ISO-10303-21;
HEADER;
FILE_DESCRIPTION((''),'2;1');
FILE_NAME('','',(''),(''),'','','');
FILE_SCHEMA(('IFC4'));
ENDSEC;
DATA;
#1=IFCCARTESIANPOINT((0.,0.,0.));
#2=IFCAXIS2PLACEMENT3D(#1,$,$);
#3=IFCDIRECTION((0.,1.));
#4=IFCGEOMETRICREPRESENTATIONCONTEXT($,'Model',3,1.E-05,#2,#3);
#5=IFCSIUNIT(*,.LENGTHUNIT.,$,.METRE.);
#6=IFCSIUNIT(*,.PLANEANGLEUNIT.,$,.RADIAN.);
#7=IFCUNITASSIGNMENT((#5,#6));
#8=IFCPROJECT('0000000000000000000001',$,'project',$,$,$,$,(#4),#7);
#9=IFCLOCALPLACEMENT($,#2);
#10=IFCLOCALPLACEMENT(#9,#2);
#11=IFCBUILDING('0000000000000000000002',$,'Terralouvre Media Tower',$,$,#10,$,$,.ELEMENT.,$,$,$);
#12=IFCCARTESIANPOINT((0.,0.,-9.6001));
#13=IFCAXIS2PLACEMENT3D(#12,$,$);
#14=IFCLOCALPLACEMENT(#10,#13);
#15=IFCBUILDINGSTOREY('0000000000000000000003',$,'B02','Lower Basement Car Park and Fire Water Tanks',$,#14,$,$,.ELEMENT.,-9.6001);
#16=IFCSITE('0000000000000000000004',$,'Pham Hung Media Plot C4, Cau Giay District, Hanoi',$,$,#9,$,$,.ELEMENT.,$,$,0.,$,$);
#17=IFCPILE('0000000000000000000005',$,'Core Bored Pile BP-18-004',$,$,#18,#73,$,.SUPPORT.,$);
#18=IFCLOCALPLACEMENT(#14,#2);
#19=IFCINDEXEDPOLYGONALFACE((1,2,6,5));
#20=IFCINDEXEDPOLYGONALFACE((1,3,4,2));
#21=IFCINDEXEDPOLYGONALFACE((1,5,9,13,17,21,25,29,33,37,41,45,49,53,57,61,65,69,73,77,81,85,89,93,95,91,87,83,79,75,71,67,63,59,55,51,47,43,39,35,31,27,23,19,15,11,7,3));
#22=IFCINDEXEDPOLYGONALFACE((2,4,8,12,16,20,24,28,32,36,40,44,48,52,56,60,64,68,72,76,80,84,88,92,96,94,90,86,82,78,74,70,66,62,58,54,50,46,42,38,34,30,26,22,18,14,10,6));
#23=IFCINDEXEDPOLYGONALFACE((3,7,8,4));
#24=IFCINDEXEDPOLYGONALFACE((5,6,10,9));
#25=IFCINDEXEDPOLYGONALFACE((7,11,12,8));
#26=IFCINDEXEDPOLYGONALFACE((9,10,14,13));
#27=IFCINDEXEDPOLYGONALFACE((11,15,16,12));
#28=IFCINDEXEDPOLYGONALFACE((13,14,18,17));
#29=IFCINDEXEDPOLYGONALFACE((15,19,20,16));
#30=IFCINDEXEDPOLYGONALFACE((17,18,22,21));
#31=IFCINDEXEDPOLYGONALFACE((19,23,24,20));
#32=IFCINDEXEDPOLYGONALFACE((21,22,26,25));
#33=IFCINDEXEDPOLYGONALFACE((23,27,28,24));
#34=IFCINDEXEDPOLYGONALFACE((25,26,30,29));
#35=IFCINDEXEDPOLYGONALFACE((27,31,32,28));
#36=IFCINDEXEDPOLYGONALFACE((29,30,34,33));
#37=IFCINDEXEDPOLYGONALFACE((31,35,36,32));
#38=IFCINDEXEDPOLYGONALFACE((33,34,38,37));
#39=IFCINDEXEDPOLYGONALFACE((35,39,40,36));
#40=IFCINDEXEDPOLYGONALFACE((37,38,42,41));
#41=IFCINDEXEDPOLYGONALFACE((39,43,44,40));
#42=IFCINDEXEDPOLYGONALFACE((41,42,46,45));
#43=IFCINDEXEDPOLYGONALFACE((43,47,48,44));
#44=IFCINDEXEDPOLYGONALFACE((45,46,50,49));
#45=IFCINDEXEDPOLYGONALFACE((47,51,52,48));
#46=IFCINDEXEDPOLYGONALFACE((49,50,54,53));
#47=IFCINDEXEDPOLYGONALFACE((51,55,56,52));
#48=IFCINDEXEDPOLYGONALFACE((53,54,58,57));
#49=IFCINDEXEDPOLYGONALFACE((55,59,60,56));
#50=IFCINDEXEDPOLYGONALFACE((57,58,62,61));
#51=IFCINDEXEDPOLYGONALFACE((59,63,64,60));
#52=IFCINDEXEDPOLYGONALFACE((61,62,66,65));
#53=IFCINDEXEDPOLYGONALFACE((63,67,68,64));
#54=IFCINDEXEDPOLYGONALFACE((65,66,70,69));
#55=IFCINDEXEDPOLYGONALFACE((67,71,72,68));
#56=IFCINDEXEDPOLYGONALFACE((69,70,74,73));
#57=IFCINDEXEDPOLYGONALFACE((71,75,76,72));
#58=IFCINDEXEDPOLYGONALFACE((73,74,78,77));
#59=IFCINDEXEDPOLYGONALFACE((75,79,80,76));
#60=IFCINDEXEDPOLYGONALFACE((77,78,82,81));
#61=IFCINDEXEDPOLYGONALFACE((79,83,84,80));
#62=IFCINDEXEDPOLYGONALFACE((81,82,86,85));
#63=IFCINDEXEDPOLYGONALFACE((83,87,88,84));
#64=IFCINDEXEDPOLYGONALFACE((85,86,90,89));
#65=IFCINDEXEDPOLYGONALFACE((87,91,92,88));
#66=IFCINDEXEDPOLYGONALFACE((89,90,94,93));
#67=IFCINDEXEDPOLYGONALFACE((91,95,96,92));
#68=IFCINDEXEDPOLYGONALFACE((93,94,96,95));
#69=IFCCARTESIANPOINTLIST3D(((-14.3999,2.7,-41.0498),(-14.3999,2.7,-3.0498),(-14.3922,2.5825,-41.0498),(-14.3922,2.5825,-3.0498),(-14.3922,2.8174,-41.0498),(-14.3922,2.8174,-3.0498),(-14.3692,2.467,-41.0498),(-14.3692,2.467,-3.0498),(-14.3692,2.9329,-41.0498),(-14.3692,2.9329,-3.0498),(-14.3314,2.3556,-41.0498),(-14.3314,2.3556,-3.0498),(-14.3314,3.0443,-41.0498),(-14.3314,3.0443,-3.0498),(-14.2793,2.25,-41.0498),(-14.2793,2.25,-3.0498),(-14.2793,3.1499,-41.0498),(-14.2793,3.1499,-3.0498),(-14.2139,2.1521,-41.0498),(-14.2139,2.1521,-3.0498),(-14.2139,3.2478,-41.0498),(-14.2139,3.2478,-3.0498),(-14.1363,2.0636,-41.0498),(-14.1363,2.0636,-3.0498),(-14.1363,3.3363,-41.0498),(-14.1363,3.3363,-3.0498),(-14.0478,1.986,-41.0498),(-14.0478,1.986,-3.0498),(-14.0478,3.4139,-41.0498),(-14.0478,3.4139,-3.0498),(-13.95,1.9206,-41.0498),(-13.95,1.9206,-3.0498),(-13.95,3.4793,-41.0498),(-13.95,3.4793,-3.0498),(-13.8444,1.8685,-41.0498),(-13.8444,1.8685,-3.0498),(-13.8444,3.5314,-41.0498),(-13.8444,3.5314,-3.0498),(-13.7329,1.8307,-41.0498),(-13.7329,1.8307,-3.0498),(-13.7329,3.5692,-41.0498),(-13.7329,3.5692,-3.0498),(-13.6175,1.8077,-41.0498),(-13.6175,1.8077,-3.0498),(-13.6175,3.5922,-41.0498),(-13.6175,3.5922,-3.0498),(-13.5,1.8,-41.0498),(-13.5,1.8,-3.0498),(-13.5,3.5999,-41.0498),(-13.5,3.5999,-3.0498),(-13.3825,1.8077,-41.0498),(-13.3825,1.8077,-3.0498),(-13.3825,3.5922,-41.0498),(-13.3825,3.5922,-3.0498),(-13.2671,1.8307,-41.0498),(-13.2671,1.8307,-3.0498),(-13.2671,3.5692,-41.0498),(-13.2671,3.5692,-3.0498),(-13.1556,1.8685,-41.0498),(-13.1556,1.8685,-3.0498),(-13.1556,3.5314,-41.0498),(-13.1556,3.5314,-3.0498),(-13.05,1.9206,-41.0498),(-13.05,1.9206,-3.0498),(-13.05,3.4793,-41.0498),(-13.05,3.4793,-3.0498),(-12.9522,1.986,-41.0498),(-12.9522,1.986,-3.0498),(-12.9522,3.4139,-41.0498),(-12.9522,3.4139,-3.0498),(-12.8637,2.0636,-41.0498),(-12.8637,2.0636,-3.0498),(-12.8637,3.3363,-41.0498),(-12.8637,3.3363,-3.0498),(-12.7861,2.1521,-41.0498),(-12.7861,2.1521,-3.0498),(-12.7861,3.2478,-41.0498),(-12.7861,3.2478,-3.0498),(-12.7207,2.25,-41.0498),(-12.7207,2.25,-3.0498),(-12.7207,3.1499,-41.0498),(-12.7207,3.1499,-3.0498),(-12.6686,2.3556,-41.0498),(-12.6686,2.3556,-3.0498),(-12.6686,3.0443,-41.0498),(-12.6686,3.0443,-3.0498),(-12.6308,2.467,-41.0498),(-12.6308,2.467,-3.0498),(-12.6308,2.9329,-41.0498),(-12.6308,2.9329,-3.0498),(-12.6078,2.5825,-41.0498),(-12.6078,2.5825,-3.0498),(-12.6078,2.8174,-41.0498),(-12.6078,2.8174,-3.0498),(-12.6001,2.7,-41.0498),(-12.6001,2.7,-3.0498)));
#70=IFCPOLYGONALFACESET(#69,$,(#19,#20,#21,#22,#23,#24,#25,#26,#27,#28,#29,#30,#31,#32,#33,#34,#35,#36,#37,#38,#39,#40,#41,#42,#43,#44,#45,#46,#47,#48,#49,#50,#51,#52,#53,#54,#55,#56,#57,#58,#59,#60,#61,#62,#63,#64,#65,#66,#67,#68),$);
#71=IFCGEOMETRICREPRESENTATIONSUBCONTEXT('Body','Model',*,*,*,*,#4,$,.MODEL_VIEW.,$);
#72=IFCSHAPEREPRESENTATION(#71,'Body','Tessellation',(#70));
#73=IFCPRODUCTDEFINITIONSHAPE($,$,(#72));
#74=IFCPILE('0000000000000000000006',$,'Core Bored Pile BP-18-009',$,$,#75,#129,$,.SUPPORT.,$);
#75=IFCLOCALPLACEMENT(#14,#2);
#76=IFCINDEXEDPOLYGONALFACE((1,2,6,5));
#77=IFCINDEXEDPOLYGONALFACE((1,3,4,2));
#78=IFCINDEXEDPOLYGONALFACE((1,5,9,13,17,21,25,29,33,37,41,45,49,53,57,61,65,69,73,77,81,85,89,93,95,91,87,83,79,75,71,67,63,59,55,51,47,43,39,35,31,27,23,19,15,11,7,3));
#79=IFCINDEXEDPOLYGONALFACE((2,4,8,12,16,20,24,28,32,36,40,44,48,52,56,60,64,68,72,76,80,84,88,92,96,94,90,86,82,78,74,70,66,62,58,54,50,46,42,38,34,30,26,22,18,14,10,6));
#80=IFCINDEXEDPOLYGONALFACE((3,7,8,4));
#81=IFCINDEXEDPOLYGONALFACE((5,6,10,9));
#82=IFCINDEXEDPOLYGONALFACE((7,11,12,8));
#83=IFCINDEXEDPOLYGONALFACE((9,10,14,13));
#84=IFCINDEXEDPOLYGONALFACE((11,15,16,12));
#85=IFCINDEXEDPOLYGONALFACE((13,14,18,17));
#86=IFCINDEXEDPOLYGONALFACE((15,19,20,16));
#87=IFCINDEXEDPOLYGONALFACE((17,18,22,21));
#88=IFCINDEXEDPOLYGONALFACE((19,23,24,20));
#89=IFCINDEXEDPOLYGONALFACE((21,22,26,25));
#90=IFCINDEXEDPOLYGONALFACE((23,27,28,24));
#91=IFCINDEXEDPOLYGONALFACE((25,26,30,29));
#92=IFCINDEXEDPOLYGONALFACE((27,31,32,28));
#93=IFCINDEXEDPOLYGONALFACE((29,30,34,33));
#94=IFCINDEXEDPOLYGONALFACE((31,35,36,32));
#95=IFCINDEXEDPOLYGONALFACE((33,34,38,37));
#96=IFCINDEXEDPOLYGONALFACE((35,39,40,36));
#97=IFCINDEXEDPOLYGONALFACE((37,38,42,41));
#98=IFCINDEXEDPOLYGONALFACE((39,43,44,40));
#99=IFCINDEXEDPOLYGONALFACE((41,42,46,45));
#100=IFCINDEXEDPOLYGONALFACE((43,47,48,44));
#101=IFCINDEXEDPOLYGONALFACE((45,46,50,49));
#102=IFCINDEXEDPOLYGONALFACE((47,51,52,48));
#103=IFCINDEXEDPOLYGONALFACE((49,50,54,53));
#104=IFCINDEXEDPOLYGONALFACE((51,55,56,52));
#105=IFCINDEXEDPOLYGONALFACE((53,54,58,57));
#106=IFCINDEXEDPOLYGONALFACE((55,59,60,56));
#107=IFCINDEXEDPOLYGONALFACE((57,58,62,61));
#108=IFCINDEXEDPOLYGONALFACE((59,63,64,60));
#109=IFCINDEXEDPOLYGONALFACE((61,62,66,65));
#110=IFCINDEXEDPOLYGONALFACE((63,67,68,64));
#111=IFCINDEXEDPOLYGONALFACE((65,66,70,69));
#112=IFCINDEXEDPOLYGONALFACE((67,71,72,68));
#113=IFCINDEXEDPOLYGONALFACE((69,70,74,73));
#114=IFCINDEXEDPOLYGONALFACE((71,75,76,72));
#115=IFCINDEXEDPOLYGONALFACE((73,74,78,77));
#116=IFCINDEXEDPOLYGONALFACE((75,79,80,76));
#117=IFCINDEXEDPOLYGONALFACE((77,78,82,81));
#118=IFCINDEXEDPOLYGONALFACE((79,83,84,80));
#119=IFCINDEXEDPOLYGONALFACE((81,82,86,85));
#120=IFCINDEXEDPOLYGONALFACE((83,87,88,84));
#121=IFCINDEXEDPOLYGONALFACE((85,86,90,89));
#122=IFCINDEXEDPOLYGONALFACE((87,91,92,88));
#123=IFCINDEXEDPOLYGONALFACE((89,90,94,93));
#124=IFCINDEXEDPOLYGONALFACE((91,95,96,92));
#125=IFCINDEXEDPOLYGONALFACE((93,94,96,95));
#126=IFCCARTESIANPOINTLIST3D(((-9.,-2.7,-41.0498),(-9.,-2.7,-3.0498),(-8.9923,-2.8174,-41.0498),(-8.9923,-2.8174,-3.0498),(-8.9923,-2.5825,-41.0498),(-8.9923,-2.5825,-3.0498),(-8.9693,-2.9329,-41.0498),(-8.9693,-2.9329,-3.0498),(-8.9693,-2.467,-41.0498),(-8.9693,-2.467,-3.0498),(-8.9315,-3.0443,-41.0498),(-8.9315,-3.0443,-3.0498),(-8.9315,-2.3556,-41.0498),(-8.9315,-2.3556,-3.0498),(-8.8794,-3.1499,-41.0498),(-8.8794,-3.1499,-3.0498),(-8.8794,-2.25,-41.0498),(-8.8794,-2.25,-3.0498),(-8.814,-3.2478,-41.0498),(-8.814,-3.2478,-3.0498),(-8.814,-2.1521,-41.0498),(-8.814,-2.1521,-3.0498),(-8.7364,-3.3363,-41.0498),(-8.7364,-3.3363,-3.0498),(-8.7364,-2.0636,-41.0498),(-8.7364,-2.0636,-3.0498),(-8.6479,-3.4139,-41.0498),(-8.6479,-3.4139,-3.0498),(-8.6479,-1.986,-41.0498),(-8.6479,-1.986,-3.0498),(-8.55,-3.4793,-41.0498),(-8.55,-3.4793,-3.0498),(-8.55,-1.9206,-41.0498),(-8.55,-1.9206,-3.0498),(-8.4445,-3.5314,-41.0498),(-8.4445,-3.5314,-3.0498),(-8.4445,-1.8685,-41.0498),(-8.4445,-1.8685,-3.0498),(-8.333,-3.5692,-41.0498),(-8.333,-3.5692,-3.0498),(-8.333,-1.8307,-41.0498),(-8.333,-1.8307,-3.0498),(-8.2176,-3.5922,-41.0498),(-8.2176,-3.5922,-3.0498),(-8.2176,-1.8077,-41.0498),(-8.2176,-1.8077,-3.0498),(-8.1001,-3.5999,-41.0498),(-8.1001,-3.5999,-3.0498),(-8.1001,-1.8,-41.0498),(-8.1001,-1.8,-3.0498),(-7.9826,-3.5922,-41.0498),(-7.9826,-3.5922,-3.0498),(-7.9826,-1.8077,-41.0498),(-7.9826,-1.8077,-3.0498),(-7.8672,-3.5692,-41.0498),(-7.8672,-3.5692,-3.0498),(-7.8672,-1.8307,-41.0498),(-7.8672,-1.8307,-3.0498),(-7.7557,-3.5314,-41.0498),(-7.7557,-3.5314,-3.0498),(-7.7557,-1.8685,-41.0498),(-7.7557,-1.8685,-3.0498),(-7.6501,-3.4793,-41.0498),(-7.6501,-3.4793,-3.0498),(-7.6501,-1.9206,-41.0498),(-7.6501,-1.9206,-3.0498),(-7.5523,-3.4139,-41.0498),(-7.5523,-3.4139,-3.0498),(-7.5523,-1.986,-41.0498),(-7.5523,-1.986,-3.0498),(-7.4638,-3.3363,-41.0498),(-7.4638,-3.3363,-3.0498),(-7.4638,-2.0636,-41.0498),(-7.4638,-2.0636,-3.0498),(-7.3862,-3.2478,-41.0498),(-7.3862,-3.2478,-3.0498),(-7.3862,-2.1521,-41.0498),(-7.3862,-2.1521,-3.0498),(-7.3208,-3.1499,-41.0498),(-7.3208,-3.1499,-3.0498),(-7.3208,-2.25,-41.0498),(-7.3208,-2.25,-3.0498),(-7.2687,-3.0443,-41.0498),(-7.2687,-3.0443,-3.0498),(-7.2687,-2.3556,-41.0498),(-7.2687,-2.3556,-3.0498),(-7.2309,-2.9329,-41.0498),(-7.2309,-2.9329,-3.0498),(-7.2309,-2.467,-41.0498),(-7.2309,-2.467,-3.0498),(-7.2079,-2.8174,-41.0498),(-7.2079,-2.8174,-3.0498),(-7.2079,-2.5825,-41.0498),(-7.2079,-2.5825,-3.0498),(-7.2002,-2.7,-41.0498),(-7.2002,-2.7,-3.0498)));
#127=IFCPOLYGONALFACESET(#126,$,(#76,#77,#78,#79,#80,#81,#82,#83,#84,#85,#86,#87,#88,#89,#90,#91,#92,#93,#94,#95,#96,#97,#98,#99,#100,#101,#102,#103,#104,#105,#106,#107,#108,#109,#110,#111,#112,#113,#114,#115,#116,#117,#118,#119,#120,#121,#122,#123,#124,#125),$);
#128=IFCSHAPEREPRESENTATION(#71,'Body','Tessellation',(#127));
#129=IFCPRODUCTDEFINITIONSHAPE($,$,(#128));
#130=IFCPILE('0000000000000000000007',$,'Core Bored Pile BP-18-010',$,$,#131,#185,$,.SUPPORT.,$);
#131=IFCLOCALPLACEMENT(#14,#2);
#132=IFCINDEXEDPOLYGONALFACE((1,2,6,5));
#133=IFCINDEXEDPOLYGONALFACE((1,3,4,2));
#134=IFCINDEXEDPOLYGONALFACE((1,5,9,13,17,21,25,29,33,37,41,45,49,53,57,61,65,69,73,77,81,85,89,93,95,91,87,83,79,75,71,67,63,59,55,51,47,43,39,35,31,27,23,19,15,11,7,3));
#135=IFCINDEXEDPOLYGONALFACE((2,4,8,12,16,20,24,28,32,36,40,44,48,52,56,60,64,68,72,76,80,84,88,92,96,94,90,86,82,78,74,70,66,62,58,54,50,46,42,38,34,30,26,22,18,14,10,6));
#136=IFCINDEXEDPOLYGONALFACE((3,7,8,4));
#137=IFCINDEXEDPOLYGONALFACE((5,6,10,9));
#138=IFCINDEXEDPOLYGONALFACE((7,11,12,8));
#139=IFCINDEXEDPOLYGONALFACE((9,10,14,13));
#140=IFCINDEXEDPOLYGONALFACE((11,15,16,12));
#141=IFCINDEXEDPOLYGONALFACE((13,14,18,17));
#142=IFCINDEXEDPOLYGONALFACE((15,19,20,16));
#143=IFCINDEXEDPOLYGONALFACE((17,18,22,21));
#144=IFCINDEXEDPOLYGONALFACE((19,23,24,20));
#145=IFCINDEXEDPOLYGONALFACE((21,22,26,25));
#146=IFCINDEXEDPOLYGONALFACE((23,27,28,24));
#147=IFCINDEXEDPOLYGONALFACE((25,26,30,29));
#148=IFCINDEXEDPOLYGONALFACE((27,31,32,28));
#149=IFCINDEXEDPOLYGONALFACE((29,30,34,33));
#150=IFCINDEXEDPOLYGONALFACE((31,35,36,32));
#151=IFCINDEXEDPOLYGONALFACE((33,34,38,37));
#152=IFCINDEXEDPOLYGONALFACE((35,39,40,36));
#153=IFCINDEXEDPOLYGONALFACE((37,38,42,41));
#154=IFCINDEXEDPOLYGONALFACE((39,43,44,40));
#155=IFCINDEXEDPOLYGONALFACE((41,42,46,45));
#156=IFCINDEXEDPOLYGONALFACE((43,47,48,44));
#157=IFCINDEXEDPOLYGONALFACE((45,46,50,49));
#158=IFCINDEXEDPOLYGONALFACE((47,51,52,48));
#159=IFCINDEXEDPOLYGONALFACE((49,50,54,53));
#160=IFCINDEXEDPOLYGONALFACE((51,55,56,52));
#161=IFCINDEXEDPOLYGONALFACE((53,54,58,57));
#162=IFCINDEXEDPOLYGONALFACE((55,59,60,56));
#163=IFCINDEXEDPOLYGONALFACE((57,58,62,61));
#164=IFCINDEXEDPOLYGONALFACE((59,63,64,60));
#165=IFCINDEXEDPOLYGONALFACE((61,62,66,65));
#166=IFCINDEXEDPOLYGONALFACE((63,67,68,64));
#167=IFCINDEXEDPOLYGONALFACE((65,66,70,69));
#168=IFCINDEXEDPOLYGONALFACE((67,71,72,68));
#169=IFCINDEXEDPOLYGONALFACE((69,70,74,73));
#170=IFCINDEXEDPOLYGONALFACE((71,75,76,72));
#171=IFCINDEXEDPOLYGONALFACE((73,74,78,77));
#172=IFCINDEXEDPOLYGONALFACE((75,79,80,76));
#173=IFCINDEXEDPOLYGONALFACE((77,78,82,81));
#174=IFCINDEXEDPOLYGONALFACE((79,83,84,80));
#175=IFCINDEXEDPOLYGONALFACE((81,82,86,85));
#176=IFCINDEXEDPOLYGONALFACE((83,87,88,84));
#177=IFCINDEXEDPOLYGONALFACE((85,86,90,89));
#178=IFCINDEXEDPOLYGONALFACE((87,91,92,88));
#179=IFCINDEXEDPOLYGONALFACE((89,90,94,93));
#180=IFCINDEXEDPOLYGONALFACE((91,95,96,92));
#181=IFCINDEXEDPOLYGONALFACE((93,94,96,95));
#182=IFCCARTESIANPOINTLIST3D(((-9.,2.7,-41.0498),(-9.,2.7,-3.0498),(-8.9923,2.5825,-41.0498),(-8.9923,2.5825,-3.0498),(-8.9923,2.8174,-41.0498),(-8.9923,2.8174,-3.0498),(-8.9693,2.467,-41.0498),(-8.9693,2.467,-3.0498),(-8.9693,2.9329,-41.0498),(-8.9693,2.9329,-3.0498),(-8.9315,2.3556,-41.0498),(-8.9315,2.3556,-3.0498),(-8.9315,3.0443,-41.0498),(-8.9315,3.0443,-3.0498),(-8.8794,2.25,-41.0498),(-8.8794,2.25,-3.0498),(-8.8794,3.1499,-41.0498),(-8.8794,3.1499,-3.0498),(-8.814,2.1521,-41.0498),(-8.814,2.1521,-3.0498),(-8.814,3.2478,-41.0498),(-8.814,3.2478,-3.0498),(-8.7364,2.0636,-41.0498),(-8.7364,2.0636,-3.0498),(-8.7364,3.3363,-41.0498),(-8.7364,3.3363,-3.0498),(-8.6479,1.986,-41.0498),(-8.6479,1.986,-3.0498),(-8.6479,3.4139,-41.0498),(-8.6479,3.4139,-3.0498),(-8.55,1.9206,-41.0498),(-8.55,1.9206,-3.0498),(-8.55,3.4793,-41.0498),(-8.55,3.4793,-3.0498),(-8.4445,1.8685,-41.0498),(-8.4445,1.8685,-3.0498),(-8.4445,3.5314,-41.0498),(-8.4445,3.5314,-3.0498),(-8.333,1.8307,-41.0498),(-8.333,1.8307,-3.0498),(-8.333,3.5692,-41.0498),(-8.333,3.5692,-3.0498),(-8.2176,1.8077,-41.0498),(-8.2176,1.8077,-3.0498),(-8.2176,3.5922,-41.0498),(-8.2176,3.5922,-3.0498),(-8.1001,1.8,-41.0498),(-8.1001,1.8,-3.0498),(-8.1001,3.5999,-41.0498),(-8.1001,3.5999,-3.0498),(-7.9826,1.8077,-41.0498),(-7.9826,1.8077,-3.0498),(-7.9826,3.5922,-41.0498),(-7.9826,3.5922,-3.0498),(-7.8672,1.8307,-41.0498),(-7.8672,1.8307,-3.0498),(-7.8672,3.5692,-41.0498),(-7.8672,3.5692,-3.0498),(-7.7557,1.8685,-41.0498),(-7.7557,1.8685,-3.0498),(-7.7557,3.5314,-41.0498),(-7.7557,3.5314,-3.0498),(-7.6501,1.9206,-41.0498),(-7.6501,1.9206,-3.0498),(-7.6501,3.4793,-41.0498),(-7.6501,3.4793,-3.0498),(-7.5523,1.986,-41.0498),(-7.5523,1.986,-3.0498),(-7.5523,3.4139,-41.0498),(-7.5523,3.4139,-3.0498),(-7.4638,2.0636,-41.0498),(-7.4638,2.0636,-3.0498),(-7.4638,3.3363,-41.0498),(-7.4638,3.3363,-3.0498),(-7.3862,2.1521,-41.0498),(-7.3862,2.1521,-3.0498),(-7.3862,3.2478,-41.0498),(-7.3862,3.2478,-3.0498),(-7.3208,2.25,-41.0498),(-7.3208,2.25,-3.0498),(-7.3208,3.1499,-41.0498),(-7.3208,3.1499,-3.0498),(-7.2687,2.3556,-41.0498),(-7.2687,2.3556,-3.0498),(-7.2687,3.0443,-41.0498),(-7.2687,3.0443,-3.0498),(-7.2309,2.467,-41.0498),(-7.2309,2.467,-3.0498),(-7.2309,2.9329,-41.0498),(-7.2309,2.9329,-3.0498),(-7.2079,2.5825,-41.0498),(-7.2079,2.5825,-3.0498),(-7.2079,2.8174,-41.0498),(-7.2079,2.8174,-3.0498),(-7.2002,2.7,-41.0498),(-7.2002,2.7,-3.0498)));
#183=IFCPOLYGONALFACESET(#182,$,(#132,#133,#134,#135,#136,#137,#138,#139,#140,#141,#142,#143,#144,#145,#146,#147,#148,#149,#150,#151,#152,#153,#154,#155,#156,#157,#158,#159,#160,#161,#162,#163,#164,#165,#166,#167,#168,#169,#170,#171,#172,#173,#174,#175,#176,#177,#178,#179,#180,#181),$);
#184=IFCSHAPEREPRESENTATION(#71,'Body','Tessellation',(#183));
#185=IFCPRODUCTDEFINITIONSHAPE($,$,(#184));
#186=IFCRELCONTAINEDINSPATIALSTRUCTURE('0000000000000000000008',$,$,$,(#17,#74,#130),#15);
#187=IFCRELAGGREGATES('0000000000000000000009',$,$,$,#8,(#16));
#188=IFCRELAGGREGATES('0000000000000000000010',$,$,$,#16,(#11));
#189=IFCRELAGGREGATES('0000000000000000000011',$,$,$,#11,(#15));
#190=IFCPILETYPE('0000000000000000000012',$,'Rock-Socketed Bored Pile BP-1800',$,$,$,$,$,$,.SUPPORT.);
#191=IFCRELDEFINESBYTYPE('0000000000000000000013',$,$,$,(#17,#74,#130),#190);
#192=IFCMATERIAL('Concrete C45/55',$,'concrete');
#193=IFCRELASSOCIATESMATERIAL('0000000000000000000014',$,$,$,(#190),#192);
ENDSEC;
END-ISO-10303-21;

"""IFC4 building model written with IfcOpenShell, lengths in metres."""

from ifc_helpers import new_model, si_unit, direction, frame, origin, origin_2d, place, context, subcontext, project, spatial, circle, extrude, material, material_profile, profile_set, type_object, element, save


model = new_model("IFC4")

# Units and contexts
model_context = context("Model", 3, precision=1e-05, world=origin(), true_north=direction((0.0, 1.0)))
body_context = subcontext(model_context, "Body", "Model", "MODEL_VIEW")
ifc_project = project(units=[si_unit("LENGTHUNIT", "METRE"), si_unit("PLANEANGLEUNIT", "RADIAN")], contexts=[model_context])

# Site, building, storey
site_placement = place(None, origin())
site = spatial("IfcSite", under=ifc_project, at=site_placement, Name="Pham Hung Media Plot C4, Cau Giay District, Hanoi", CompositionType="ELEMENT", RefElevation=0.0)
building_placement = place(site_placement, origin())
building = spatial("IfcBuilding", under=site, at=building_placement, Name="Terralouvre Media Tower", CompositionType="ELEMENT")
storey_placement = place(building_placement, frame((0.0, 0.0, -9.6001)))
storey = spatial("IfcBuildingStorey", under=building, at=storey_placement, Name="B02", Description="Lower Basement Car Park and Fire Water Tanks", CompositionType="ELEMENT", Elevation=-9.6001)

# Piles
ifc_material_1 = material(Name="Concrete C45/55", Category="concrete")
ifc_material_profile_1 = material_profile(ifc_material_1, circle(Radius=0.8999, at=origin_2d()), Name="BORED PILE 1800")
ifc_profile_set_1 = profile_set([ifc_material_profile_1], Name="Concrete C45/55")
pile_type = type_object("IfcPileType", Name="Rock-Socketed Bored Pile BP-1800", PredefinedType="SUPPORT", material=ifc_profile_set_1)
for number, where, z_axis, x_axis, name in (
    (1, (-13.5, 2.7, -3.0498), (0.0, 0.0, -1.0), (1.0, 0.0, 0.0), "Core Bored Pile BP-18-004"),
    (2, (-8.1001, -2.7, -3.0498), (0.0, 0.0, -1.0), (1.0, 0.0, 0.0), "Core Bored Pile BP-18-009"),
    (3, (-8.1001, 2.7, -3.0498), (0.0, 0.0, -1.0), (1.0, 0.0, 0.0), "Core Bored Pile BP-18-010"),
):
    element("IfcPile", number, at=place(storey_placement, frame(where, z_axis=z_axis, x_axis=x_axis)), inside=storey, type_object=pile_type, Name=name, PredefinedType="SUPPORT", context=body_context, shape_type="SweptSolid", body=[
        extrude(circle(Radius=0.8999, at=origin_2d()), origin(), (0.0, 0.0, 1.0), 38.0),
    ])

save(model, "model.ifc")
